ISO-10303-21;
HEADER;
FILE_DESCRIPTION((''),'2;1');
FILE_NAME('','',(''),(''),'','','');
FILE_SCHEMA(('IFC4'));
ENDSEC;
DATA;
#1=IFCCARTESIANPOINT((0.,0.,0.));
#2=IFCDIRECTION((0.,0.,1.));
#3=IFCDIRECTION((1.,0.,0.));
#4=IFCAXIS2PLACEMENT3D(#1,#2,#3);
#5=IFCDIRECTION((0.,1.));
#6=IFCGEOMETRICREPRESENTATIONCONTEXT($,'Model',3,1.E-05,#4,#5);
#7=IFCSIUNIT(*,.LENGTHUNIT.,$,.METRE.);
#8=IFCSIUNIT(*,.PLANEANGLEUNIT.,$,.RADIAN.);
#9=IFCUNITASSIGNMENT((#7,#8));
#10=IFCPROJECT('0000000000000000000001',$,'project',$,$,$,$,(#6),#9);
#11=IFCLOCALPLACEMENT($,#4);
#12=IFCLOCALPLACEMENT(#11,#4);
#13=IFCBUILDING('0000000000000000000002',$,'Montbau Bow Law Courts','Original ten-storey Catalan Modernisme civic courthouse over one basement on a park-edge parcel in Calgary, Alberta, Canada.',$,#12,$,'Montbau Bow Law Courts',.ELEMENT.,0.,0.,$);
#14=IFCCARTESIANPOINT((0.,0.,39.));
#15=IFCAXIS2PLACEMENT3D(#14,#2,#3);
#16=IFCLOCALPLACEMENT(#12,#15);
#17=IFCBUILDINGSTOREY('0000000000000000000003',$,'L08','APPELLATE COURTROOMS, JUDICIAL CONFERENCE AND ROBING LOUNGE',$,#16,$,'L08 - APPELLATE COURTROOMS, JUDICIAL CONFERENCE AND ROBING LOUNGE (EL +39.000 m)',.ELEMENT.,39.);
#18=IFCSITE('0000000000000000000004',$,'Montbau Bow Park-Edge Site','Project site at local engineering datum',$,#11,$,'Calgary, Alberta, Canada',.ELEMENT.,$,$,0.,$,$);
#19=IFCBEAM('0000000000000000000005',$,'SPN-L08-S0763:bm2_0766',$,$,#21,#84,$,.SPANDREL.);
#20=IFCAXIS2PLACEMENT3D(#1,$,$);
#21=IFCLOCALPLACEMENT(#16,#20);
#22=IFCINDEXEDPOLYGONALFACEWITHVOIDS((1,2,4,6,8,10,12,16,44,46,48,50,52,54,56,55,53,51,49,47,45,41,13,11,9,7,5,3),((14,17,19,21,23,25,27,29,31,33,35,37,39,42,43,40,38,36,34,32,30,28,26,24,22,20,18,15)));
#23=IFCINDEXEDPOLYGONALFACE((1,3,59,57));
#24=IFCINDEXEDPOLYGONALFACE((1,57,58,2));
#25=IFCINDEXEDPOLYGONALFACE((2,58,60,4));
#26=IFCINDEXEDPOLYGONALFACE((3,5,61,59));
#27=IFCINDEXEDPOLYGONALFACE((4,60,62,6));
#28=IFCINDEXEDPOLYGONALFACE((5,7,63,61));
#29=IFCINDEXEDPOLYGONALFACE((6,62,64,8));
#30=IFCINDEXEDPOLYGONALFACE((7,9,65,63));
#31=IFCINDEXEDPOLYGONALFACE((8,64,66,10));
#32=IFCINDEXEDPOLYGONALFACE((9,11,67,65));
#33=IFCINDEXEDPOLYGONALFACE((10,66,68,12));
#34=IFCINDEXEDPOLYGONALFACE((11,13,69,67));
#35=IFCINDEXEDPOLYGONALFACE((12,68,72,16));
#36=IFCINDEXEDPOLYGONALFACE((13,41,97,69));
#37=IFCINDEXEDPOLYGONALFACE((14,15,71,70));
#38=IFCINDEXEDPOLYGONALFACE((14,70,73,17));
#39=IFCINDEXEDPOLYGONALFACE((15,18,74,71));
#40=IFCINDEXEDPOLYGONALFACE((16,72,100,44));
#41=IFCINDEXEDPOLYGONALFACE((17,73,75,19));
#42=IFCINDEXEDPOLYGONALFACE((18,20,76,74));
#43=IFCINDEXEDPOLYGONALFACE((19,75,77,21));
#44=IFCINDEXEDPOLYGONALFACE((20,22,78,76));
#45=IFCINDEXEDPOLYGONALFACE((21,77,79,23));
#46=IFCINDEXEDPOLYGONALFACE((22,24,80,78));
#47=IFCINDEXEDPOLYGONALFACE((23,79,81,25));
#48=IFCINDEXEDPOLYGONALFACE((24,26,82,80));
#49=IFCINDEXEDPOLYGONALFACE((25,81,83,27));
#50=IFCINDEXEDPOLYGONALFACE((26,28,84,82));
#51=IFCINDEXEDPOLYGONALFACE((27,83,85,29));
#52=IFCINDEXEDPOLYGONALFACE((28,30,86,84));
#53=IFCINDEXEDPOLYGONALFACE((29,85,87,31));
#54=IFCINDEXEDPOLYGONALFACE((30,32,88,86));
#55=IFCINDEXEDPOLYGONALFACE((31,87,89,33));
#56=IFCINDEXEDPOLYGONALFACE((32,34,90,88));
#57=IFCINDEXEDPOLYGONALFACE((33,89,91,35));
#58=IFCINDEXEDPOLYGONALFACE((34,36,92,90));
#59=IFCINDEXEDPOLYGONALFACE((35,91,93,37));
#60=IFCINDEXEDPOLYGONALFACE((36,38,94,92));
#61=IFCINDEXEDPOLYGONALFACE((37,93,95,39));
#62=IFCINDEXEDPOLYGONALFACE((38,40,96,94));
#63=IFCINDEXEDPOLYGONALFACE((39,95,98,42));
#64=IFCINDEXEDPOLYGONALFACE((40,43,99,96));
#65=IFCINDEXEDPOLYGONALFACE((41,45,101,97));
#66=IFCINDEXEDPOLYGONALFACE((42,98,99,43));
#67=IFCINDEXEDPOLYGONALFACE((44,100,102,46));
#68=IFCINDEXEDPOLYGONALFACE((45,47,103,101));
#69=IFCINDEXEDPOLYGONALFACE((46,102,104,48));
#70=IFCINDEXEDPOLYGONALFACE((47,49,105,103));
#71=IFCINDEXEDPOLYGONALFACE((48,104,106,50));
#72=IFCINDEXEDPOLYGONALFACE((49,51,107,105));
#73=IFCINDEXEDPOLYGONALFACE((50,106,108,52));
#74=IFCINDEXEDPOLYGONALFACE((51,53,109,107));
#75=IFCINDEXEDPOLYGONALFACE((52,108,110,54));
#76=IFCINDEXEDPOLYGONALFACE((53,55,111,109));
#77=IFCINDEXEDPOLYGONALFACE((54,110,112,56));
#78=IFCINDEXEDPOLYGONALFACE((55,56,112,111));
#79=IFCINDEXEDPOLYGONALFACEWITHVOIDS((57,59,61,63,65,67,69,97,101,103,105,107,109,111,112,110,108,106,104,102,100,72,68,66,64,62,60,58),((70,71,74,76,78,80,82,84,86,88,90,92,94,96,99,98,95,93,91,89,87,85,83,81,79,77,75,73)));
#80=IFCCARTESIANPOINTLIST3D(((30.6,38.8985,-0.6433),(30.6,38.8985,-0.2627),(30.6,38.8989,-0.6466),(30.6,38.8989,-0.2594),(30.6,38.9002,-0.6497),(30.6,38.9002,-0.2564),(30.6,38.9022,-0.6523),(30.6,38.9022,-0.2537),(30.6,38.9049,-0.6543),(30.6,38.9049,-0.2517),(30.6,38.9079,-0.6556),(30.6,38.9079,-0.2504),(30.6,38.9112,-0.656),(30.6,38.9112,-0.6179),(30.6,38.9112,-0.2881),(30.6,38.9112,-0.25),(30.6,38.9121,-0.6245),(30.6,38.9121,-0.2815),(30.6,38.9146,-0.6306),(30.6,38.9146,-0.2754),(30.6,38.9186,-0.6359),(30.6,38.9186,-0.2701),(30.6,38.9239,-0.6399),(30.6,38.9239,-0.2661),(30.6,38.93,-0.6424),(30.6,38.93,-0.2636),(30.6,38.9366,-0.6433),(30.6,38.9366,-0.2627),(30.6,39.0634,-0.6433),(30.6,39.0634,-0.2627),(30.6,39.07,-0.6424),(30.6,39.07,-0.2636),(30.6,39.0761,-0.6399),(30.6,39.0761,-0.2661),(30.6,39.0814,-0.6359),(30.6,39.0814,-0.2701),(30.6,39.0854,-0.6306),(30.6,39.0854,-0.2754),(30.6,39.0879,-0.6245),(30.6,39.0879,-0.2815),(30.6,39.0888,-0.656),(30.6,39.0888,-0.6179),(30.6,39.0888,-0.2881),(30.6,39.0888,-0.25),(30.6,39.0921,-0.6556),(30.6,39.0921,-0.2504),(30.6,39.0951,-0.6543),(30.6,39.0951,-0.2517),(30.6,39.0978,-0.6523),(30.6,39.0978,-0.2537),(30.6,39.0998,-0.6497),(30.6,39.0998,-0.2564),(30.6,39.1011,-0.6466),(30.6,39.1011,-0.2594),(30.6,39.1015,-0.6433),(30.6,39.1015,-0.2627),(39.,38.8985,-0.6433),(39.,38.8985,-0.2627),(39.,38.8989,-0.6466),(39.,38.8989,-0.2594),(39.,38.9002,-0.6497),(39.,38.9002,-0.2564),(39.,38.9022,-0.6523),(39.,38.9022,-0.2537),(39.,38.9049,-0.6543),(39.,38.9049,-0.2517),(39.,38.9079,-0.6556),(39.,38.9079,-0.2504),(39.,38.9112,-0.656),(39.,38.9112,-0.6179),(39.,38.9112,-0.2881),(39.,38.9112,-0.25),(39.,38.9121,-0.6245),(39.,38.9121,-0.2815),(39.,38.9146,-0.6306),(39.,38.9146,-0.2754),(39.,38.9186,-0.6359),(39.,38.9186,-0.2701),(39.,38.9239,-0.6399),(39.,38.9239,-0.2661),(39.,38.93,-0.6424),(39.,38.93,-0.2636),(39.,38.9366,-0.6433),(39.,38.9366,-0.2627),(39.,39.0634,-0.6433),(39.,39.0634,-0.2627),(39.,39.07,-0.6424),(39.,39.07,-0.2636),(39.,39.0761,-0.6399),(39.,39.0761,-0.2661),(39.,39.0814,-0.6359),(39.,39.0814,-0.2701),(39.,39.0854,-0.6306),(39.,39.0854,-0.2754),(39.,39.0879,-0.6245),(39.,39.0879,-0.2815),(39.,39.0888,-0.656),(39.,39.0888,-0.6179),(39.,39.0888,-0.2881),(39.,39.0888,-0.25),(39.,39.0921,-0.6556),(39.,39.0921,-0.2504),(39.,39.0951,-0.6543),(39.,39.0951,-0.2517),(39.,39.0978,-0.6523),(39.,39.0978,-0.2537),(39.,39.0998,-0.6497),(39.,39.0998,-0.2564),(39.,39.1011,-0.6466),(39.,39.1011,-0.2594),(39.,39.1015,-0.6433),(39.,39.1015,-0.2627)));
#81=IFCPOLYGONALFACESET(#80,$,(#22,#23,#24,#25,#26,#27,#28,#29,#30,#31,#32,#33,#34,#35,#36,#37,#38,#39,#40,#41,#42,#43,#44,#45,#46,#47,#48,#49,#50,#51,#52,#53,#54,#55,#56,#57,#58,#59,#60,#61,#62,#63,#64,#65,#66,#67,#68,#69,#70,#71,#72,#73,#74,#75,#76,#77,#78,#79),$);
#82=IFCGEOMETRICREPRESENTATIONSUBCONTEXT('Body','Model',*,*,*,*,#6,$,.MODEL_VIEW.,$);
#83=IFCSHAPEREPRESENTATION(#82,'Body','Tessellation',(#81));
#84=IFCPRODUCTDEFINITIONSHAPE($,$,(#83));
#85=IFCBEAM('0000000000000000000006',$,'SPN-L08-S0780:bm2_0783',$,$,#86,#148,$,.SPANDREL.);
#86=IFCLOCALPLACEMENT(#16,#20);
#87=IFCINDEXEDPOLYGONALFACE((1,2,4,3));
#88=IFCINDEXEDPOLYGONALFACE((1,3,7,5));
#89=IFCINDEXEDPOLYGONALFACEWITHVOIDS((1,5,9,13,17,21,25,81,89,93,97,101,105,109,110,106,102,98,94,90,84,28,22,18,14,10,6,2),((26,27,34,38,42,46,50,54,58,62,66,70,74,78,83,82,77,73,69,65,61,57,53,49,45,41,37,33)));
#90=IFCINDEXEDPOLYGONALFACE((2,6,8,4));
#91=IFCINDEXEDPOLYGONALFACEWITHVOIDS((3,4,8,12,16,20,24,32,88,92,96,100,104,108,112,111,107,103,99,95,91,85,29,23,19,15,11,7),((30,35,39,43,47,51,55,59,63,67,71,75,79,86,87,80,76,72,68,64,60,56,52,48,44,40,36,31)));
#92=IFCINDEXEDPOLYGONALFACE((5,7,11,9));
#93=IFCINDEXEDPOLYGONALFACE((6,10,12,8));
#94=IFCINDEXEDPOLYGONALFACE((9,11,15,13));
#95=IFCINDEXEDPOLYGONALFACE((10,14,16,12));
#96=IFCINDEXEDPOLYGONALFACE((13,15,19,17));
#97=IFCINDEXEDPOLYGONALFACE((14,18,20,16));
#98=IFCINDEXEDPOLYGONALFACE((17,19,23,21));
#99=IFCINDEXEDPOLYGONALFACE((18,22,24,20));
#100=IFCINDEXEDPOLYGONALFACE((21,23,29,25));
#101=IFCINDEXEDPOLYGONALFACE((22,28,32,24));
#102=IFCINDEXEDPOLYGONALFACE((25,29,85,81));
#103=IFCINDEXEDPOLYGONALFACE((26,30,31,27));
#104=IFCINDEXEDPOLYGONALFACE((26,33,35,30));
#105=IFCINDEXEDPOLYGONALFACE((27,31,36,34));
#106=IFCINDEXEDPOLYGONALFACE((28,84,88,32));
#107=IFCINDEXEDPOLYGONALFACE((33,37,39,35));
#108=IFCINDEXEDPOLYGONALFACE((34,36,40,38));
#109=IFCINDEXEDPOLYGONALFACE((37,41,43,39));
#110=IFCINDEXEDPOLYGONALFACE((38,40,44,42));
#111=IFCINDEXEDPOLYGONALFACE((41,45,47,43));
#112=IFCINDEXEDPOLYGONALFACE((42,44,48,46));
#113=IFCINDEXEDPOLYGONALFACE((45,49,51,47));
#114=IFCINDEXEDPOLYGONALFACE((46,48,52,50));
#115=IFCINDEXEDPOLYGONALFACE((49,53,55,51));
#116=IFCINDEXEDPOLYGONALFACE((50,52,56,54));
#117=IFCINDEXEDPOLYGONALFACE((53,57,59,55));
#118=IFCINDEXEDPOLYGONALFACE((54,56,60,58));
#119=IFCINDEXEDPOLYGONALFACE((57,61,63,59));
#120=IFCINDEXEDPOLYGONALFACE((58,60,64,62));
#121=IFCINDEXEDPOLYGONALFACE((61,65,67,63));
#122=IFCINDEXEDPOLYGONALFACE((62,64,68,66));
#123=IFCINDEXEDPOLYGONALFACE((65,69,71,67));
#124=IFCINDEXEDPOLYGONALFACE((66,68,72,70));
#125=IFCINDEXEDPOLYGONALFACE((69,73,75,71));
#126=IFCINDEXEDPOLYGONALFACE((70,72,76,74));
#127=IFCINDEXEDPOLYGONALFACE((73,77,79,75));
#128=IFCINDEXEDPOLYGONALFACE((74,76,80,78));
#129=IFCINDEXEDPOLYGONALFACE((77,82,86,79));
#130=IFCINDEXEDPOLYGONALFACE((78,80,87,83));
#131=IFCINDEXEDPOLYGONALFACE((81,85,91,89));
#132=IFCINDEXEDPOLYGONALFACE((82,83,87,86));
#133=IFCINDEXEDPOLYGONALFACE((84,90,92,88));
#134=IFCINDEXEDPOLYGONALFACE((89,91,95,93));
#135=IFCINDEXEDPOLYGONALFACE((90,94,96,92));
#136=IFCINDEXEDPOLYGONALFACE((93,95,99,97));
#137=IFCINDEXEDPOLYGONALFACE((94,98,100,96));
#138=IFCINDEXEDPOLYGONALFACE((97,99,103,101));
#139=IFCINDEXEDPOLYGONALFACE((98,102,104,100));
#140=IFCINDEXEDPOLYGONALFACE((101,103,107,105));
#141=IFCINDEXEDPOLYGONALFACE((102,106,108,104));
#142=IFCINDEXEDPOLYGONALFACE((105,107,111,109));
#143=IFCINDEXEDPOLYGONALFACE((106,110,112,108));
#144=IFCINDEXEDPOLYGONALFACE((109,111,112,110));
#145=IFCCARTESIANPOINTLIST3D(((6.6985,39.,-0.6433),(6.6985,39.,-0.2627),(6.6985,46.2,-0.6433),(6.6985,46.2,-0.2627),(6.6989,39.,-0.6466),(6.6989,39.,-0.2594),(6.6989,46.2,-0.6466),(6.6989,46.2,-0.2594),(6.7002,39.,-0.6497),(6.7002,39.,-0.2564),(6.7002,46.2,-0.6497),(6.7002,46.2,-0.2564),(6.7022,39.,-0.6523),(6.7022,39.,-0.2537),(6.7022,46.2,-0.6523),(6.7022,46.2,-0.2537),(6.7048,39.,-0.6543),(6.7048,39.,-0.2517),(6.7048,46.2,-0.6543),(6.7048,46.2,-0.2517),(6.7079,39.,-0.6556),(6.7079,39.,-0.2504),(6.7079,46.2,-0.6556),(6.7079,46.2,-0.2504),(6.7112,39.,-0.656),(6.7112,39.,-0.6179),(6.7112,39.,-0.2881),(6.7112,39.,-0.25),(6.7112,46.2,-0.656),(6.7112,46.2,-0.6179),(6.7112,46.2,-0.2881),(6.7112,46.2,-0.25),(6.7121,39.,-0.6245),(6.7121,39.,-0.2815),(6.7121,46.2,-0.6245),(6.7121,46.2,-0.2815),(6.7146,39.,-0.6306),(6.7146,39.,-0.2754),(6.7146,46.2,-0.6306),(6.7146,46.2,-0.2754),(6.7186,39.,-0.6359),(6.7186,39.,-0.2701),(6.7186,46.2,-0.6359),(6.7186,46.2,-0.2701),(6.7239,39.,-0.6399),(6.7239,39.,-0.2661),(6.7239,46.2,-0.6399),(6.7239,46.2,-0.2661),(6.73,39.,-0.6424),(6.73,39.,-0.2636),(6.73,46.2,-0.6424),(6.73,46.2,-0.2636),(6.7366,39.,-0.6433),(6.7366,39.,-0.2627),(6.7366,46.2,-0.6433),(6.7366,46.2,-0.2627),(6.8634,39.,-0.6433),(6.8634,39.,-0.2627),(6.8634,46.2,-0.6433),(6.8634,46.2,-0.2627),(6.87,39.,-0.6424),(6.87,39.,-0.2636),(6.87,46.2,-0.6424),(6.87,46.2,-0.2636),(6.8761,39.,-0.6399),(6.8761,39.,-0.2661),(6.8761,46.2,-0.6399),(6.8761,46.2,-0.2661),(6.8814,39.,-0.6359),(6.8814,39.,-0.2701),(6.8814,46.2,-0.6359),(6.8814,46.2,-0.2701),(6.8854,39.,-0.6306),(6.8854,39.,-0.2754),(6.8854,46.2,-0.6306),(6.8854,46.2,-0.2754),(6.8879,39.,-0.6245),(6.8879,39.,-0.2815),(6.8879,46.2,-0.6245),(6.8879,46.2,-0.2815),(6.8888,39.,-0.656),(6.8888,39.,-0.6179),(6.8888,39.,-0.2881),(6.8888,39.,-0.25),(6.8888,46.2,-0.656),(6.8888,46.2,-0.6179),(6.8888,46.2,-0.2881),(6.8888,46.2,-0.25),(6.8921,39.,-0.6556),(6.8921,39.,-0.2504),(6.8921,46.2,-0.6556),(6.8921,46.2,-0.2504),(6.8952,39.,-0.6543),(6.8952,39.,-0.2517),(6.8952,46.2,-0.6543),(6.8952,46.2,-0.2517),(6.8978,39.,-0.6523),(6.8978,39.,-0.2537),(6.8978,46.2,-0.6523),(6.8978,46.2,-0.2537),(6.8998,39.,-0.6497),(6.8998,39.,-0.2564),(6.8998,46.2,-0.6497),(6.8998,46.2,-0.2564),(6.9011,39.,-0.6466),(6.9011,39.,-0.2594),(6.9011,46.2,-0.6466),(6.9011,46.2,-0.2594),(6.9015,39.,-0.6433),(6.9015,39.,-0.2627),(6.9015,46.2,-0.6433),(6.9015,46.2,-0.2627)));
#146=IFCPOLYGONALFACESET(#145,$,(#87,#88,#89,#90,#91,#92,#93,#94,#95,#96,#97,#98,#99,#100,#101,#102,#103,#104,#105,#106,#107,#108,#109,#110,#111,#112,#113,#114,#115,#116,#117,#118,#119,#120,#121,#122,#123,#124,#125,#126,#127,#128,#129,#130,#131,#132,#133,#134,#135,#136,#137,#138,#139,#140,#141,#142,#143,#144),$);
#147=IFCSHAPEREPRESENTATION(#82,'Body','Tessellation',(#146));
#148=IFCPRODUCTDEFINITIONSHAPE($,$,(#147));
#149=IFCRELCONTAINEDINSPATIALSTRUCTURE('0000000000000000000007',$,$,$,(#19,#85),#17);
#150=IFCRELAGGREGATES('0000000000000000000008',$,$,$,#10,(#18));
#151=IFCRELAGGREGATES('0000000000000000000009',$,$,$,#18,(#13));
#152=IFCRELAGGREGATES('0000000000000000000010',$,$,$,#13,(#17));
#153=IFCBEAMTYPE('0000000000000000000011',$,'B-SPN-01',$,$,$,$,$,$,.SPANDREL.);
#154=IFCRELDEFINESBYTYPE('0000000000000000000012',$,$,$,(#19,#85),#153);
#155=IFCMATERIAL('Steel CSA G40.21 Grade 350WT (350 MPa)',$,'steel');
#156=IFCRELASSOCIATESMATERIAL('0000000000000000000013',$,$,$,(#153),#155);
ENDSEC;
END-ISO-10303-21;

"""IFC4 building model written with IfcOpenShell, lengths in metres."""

from ifc_helpers import new_model, si_unit, direction, frame, origin_with_axes, origin_2d_with_axis, place, context, subcontext, project, spatial, hollow_rectangle, extrude, material, material_profile, profile_set, type_object, element, save


model = new_model("IFC4")

# Units and contexts
model_context = context("Model", 3, precision=1e-05, world=origin_with_axes(), true_north=direction((0.0, 1.0)))
body_context = subcontext(model_context, "Body", "Model", "MODEL_VIEW")
ifc_project = project(units=[si_unit("LENGTHUNIT", "METRE"), si_unit("PLANEANGLEUNIT", "RADIAN")], contexts=[model_context])

# Site, building, storey
site_placement = place(None, origin_with_axes())
site = spatial("IfcSite", under=ifc_project, at=site_placement, Name="Montbau Bow Park-Edge Site", Description="Project site at local engineering datum", LongName="Calgary, Alberta, Canada", CompositionType="ELEMENT", RefElevation=0.0)
building_placement = place(site_placement, origin_with_axes())
building = spatial("IfcBuilding", under=site, at=building_placement, Name="Montbau Bow Law Courts", Description="Original ten-storey Catalan Modernisme civic courthouse over one basement on a park-edge parcel in Calgary, Alberta, Canada.", LongName="Montbau Bow Law Courts", CompositionType="ELEMENT", ElevationOfRefHeight=0.0, ElevationOfTerrain=0.0)
storey_placement = place(building_placement, frame((0.0, 0.0, 39.0), z_axis=(0.0, 0.0, 1.0), x_axis=(1.0, 0.0, 0.0)))
storey = spatial("IfcBuildingStorey", under=building, at=storey_placement, Name="L08", Description="APPELLATE COURTROOMS, JUDICIAL CONFERENCE AND ROBING LOUNGE", LongName="L08 - APPELLATE COURTROOMS, JUDICIAL CONFERENCE AND ROBING LOUNGE (EL +39.000 m)", CompositionType="ELEMENT", Elevation=39.0)

# Beams
ifc_material_1 = material(Name="Steel CSA G40.21 Grade 350WT (350 MPa)", Category="steel")
ifc_material_profile_1 = material_profile(ifc_material_1, hollow_rectangle(XDim=0.203, YDim=0.406, WallThickness=0.0127, InnerFilletRadius=0.0254, OuterFilletRadius=0.0127, at=origin_2d_with_axis()), Name="HSS406X203X13", Category="Main", Priority=0)
ifc_profile_set_1 = profile_set([ifc_material_profile_1], Name="Steel CSA G40.21 Grade 350WT (350 MPa)")
beam_type_1 = type_object("IfcBeamType", Name="B-SPN-01", PredefinedType="SPANDREL", material=ifc_profile_set_1)
for number, where, z_axis, x_axis, name in (
    (1, (30.6, 39.0, 38.547), (1.0, 0.0, 0.0), (0.0, 1.0, 0.0), "SPN-L08-S0763:bm2_0766"),
):
    element("IfcBeam", number, at=place(None, frame(where, z_axis=z_axis, x_axis=x_axis)), inside=storey, type_object=beam_type_1, Name=name, PredefinedType="SPANDREL", context=body_context, shape_type="SweptSolid", body=[
        extrude(hollow_rectangle(XDim=0.203, YDim=0.406, WallThickness=0.0127, InnerFilletRadius=0.0254, OuterFilletRadius=0.0127, at=origin_2d_with_axis()), origin_with_axes(), (0.0, 0.0, 1.0), 8.4),
    ])
for number, where, z_axis, x_axis, name in (
    (2, (6.8, 39.0, 38.547), (0.0, 1.0, 0.0), (-1.0, 0.0, 0.0), "SPN-L08-S0780:bm2_0783"),
):
    element("IfcBeam", number, at=place(None, frame(where, z_axis=z_axis, x_axis=x_axis)), inside=storey, type_object=beam_type_1, Name=name, PredefinedType="SPANDREL", context=body_context, shape_type="SweptSolid", body=[
        extrude(hollow_rectangle(XDim=0.203, YDim=0.406, WallThickness=0.0127, InnerFilletRadius=0.0254, OuterFilletRadius=0.0127, at=origin_2d_with_axis()), origin_with_axes(), (0.0, 0.0, 1.0), 7.2),
    ])

save(model, "model.ifc")
